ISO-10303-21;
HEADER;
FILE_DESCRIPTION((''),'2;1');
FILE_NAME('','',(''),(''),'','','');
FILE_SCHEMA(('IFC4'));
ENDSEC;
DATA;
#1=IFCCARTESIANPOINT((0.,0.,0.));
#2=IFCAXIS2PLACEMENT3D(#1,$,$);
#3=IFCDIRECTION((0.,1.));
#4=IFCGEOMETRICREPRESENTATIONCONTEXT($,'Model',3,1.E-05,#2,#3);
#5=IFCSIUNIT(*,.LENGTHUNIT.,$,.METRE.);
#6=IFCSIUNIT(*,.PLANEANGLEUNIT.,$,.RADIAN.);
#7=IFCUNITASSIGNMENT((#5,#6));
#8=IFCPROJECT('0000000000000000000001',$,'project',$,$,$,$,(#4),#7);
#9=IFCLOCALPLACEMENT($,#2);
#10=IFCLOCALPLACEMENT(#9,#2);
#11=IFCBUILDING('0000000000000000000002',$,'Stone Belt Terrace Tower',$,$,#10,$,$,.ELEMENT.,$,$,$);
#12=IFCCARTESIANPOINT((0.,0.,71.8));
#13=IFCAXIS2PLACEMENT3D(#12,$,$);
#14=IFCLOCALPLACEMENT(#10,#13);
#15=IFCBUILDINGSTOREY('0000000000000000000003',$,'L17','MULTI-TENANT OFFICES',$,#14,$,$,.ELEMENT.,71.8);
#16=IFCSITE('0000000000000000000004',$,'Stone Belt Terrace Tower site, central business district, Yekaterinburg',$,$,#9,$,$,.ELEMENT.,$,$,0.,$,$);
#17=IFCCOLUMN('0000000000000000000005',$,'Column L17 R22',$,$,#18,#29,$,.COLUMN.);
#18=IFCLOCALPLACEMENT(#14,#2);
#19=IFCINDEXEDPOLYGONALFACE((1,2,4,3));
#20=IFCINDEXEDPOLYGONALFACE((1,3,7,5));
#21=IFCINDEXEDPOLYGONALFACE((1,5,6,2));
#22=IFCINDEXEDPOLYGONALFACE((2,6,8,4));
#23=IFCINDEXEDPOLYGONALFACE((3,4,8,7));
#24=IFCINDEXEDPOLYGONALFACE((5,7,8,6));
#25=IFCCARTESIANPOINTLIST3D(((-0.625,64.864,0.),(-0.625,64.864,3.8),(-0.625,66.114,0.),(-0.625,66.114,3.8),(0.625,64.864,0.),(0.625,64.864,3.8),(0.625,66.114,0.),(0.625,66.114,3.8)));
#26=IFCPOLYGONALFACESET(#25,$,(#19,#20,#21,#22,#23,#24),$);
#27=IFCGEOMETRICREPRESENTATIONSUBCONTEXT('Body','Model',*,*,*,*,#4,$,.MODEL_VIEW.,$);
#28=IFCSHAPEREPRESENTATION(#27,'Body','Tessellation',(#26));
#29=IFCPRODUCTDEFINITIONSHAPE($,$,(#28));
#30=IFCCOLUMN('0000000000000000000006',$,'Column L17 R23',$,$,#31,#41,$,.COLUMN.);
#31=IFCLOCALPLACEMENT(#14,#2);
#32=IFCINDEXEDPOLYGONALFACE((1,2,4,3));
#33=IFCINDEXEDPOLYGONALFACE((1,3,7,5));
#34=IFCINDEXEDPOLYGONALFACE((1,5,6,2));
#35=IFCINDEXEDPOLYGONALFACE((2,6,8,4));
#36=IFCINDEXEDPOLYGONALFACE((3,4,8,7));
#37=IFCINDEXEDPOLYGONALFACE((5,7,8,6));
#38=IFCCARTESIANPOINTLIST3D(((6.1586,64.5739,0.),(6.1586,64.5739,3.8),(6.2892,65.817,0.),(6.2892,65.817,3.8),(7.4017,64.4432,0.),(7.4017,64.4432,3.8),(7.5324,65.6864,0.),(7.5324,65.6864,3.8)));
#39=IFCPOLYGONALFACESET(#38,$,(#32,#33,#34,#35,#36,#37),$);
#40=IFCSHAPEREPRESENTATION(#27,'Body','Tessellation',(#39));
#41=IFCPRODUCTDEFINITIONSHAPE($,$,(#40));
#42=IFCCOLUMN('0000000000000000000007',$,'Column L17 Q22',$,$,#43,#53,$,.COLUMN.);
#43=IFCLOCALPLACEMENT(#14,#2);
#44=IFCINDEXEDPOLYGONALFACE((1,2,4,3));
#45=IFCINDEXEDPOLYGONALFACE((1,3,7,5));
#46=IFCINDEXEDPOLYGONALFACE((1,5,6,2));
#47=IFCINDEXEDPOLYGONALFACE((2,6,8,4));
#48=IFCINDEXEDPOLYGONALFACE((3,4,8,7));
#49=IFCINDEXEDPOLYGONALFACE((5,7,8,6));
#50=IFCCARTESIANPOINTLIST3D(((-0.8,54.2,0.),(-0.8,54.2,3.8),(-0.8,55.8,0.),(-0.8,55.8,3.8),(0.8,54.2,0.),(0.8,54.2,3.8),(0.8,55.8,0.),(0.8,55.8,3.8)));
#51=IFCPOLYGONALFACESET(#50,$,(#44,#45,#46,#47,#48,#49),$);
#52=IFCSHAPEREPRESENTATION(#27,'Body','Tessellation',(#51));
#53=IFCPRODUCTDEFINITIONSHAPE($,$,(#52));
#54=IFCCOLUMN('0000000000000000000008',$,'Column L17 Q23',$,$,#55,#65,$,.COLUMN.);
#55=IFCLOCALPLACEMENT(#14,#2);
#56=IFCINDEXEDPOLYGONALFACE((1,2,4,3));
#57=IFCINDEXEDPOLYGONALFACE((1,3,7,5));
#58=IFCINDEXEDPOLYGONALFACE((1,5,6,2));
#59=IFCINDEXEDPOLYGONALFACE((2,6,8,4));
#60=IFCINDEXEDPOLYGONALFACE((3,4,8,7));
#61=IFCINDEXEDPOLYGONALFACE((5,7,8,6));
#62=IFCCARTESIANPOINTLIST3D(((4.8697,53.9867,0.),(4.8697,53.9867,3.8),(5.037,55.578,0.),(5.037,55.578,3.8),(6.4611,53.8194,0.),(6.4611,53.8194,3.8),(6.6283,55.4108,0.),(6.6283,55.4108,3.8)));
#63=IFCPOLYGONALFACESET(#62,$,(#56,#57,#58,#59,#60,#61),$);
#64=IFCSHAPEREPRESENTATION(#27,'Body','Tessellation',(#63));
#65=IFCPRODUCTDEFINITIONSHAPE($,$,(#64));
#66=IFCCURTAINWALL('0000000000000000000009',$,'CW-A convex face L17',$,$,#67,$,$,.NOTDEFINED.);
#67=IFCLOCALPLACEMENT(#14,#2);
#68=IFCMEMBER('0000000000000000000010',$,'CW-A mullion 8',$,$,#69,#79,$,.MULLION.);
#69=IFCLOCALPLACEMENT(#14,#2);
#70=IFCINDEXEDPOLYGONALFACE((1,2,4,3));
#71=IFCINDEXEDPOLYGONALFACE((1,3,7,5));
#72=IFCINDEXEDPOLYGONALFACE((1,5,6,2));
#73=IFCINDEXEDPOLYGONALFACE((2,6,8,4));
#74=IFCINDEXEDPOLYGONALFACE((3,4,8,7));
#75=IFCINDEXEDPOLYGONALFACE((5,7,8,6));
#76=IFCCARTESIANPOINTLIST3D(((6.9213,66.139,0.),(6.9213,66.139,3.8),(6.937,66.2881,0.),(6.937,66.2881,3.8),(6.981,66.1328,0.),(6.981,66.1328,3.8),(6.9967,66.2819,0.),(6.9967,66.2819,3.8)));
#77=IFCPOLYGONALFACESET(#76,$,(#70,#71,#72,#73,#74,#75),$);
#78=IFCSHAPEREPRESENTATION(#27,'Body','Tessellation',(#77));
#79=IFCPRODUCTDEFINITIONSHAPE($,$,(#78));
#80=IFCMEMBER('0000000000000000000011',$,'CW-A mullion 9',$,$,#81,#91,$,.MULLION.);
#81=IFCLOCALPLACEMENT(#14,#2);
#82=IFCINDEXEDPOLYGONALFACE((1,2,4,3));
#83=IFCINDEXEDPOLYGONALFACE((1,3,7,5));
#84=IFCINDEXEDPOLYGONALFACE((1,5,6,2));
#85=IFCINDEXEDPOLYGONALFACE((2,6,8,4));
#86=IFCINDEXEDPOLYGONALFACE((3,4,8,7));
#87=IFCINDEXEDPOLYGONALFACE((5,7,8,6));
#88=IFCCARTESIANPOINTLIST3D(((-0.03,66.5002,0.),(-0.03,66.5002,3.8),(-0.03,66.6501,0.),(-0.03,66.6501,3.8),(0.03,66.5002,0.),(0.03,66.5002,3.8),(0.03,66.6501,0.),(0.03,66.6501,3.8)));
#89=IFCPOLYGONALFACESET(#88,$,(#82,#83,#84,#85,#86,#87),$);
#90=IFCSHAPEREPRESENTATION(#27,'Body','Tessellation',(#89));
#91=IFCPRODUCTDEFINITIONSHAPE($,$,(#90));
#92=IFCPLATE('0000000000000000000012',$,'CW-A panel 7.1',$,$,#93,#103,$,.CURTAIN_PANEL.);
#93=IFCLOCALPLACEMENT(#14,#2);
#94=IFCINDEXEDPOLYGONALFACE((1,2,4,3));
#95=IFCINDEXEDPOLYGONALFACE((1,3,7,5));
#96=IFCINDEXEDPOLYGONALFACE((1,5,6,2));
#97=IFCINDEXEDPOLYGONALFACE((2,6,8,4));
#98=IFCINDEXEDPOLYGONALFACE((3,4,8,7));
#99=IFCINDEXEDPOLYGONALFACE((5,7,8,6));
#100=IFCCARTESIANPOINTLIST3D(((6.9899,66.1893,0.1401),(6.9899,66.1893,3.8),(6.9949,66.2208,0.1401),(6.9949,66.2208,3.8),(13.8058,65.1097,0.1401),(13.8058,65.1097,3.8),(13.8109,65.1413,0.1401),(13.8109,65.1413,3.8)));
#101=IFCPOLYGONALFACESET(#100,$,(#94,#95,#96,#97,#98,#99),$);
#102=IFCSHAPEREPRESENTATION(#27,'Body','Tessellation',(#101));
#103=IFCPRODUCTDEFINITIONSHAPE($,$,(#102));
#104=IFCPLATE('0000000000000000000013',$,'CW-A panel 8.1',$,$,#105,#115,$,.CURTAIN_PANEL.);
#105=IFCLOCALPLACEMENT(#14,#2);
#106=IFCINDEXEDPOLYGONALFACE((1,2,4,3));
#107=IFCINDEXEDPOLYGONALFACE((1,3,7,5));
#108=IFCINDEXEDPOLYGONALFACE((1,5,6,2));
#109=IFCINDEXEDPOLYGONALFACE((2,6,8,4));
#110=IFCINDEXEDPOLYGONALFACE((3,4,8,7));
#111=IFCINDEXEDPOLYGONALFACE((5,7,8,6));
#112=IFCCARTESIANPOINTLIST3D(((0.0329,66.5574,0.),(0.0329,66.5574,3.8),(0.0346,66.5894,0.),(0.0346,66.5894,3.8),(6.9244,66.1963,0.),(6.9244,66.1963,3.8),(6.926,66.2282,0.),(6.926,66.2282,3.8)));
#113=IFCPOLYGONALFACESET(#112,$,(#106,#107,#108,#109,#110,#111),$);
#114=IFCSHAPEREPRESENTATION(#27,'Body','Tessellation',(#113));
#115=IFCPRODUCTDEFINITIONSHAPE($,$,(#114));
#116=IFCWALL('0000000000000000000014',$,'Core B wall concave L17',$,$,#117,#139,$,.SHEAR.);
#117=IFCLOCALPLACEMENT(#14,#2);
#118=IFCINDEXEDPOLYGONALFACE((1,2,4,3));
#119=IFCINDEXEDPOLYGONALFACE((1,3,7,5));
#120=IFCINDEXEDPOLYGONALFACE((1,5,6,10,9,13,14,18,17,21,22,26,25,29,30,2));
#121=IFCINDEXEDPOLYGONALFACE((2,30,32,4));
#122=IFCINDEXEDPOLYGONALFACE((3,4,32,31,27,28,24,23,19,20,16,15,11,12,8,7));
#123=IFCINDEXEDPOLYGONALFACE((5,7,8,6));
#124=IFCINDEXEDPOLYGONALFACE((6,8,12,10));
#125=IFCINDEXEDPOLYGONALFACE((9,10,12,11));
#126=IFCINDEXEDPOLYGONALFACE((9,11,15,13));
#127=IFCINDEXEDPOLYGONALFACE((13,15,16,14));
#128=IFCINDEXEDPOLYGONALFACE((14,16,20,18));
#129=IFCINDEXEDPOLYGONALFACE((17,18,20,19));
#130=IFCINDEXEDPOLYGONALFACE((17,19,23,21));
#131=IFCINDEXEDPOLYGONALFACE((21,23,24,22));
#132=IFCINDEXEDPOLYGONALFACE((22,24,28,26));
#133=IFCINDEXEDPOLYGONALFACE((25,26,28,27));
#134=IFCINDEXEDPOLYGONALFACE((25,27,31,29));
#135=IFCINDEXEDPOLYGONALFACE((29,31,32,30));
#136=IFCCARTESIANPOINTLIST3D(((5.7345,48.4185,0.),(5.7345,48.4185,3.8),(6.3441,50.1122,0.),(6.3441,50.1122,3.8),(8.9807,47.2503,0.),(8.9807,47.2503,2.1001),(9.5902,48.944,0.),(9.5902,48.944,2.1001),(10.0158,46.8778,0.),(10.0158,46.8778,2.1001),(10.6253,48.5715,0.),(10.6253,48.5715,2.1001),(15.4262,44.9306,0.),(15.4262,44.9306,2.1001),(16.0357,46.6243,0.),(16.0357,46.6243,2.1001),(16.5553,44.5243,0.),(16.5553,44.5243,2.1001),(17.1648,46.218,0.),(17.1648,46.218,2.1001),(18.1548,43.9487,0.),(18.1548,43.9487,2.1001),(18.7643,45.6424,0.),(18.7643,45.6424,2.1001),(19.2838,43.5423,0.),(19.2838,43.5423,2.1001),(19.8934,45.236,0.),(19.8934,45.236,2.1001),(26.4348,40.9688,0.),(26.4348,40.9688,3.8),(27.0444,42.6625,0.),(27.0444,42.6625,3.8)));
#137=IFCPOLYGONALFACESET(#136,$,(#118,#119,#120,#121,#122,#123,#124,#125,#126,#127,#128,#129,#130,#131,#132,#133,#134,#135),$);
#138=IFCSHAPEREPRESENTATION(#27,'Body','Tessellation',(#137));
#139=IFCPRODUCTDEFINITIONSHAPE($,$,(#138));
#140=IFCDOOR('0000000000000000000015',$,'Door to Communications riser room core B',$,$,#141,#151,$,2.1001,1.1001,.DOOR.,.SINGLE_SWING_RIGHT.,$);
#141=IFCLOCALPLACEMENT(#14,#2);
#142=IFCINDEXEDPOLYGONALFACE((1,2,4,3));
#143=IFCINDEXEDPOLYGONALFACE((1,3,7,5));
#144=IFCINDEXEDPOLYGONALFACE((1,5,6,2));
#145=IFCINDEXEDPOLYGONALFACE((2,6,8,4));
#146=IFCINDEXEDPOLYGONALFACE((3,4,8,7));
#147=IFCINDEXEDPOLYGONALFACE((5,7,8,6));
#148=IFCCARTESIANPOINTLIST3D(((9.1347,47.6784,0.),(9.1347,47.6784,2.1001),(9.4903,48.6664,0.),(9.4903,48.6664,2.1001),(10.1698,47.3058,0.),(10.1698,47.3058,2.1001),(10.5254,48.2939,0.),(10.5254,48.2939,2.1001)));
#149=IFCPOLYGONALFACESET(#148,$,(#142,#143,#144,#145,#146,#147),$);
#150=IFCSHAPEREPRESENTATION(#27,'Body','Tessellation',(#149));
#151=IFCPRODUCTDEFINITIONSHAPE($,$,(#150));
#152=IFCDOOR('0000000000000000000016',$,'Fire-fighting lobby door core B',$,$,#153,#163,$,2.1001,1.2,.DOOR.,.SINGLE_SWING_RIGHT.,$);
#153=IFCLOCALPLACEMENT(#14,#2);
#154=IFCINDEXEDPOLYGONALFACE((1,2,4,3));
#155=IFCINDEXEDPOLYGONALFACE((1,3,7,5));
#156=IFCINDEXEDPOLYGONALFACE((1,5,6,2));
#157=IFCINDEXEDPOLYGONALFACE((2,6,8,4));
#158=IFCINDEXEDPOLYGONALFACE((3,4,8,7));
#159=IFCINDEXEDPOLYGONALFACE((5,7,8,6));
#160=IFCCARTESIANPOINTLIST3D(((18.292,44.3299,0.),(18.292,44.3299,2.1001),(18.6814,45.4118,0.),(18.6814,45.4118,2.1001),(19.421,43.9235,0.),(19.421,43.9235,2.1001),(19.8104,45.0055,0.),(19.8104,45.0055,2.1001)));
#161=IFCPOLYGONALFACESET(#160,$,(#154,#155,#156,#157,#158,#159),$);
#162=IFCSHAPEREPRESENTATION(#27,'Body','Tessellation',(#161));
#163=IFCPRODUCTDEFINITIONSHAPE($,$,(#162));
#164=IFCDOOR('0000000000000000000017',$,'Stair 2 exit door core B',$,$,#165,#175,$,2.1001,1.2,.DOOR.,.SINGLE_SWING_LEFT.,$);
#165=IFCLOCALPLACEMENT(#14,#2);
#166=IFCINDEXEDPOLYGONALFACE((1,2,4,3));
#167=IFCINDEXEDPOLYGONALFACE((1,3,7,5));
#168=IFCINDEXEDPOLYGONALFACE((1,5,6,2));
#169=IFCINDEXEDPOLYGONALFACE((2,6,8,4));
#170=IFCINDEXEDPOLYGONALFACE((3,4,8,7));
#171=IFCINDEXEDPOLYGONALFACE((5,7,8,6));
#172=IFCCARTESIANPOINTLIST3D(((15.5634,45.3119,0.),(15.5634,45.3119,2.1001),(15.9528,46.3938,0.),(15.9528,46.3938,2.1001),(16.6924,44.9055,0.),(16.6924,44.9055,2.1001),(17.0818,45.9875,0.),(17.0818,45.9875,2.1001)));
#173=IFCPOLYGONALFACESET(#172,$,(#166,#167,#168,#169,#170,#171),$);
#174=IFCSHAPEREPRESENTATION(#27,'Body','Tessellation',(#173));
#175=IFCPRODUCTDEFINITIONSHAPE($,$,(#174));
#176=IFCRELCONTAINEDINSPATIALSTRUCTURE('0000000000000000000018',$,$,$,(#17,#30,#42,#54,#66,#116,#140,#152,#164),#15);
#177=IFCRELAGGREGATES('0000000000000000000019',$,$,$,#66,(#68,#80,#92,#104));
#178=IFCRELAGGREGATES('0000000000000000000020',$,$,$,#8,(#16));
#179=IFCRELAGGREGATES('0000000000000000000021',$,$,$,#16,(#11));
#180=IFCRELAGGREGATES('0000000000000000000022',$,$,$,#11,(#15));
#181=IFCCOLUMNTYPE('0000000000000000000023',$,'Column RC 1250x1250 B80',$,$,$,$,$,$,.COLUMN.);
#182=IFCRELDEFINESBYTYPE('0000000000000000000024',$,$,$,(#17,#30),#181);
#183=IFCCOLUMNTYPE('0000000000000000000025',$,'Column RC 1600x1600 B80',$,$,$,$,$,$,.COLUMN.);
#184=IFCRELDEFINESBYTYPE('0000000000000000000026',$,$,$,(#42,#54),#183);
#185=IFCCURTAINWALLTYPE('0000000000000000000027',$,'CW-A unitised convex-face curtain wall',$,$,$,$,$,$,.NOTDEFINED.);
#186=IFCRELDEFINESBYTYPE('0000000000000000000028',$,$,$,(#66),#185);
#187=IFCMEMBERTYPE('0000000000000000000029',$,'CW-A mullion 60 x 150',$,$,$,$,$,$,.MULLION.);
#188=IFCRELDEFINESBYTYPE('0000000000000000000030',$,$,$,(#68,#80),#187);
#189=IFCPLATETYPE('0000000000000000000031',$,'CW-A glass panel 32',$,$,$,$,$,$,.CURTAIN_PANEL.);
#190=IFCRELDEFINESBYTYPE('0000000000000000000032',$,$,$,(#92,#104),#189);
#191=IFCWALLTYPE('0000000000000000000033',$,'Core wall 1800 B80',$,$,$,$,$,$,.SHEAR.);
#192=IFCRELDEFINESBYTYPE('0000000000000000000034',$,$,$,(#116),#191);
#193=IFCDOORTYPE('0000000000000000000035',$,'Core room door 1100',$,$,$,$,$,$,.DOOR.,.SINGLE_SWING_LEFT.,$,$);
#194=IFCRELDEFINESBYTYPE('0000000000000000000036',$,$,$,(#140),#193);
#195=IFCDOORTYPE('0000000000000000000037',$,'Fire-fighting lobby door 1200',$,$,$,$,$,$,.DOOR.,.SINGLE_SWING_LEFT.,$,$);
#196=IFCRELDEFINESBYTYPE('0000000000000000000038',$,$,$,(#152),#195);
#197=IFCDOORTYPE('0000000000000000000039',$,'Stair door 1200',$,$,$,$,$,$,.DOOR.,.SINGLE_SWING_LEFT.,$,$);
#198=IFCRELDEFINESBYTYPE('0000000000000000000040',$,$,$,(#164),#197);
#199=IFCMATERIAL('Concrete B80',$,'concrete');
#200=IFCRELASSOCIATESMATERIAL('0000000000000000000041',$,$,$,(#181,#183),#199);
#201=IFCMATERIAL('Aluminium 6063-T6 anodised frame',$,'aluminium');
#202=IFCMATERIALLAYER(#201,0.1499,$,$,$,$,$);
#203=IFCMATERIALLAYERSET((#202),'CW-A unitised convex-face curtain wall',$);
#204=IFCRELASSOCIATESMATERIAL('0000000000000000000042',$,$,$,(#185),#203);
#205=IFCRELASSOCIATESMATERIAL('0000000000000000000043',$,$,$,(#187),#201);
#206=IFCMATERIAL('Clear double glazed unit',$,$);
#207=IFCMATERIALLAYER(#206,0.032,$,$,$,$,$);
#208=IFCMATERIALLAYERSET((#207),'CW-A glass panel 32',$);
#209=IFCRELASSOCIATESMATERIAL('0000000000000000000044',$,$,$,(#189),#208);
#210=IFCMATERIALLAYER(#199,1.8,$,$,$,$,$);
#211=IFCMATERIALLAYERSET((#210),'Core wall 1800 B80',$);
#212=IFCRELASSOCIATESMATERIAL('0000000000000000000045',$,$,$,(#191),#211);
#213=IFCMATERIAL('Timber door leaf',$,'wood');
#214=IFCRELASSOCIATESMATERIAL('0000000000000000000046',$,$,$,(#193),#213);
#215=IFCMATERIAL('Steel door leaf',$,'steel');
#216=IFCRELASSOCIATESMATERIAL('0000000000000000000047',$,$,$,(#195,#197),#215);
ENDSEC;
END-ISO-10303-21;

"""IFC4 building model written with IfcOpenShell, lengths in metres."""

from ifc_helpers import new_model, si_unit, direction, frame, frame_2d, origin, origin_2d, place, context, subcontext, project, spatial, rectangle, extrude, material, layer, layer_set, material_profile, profile_set, type_object, element, fill, aggregate, save


model = new_model("IFC4")

# Units and contexts
model_context = context("Model", 3, precision=1e-05, world=origin(), true_north=direction((0.0, 1.0)))
body_context = subcontext(model_context, "Body", "Model", "MODEL_VIEW")
ifc_project = project(units=[si_unit("LENGTHUNIT", "METRE"), si_unit("PLANEANGLEUNIT", "RADIAN")], contexts=[model_context])

# Site, building, storey
site_placement = place(None, origin())
site = spatial("IfcSite", under=ifc_project, at=site_placement, Name="Stone Belt Terrace Tower site, central business district, Yekaterinburg", CompositionType="ELEMENT", RefElevation=0.0)
building_placement = place(site_placement, origin())
building = spatial("IfcBuilding", under=site, at=building_placement, Name="Stone Belt Terrace Tower", CompositionType="ELEMENT")
storey_placement = place(building_placement, frame((0.0, 0.0, 71.8)))
storey = spatial("IfcBuildingStorey", under=building, at=storey_placement, Name="L17", Description="MULTI-TENANT OFFICES", CompositionType="ELEMENT", Elevation=71.8)

# Columns
ifc_material_1 = material(Name="Concrete B80", Category="concrete")
ifc_material_profile_1 = material_profile(ifc_material_1, rectangle(XDim=1.25, YDim=1.25, at=origin_2d()), Name="RC 1250x1250")
ifc_profile_set_1 = profile_set([ifc_material_profile_1], Name="Concrete B80")
column_type_1 = type_object("IfcColumnType", Name="Column RC 1250x1250 B80", PredefinedType="COLUMN", material=ifc_profile_set_1)
for number, where, z_axis, x_axis, name in (
    (1, (0.0, 65.489, 0.0), (0.0, 0.0, 1.0), (1.0, 0.0, 0.0), "Column L17 R22"),
    (2, (6.8455, 65.1301, 0.0), (0.0, 0.0, 1.0), (0.994522, -0.104528, 0.0), "Column L17 R23"),
):
    element("IfcColumn", number, at=place(storey_placement, frame(where, z_axis=z_axis, x_axis=x_axis)), inside=storey, type_object=column_type_1, Name=name, PredefinedType="COLUMN", context=body_context, shape_type="SweptSolid", body=[
        extrude(rectangle(XDim=1.25, YDim=1.25, at=origin_2d()), origin(), (0.0, 0.0, 1.0), 3.8),
    ])
ifc_material_profile_2 = material_profile(ifc_material_1, rectangle(XDim=1.6001, YDim=1.6001, at=origin_2d()), Name="RC 1600x1600")
ifc_profile_set_2 = profile_set([ifc_material_profile_2], Name="Concrete B80")
column_type_2 = type_object("IfcColumnType", Name="Column RC 1600x1600 B80", PredefinedType="COLUMN", material=ifc_profile_set_2)
for number, where, z_axis, x_axis, name in (
    (3, (0.0, 55.0, 0.0), (0.0, 0.0, 1.0), (1.0, 0.0, 0.0), "Column L17 Q22"),
    (4, (5.749, 54.6987, 0.0), (0.0, 0.0, 1.0), (0.994522, -0.104528, 0.0), "Column L17 Q23"),
):
    element("IfcColumn", number, at=place(storey_placement, frame(where, z_axis=z_axis, x_axis=x_axis)), inside=storey, type_object=column_type_2, Name=name, PredefinedType="COLUMN", context=body_context, shape_type="SweptSolid", body=[
        extrude(rectangle(XDim=1.6001, YDim=1.6001, at=origin_2d()), origin(), (0.0, 0.0, 1.0), 3.8),
    ])

# Curtain wall, members, plates
ifc_material_2 = material(Name="Aluminium 6063-T6 anodised frame", Category="aluminium")
ifc_layer_1 = layer(ifc_material_2, 0.1499)
ifc_layer_set_1 = layer_set([ifc_layer_1], Name="CW-A unitised convex-face curtain wall")
curtain_wall_type = type_object("IfcCurtainWallType", Name="CW-A unitised convex-face curtain wall", PredefinedType="NOTDEFINED", material=ifc_layer_set_1)
curtain_wall_placement = place(storey_placement, origin())
curtain_wall = element("IfcCurtainWall", 5, at=curtain_wall_placement, inside=storey, type_object=curtain_wall_type, Name="CW-A convex face L17", PredefinedType="NOTDEFINED")
ifc_material_profile_3 = material_profile(ifc_material_2, rectangle(XDim=0.1499, YDim=0.0601, at=origin_2d()), Name="Aluminium 6063-T6 60x150")
ifc_profile_set_3 = profile_set([ifc_material_profile_3], Name="Aluminium 6063-T6 anodised frame")
member_type = type_object("IfcMemberType", Name="CW-A mullion 60 x 150", PredefinedType="MULLION", material=ifc_profile_set_3)
member_1_placement = place(storey_placement, frame((6.959, 66.2104, 0.0), z_axis=(0.0, 0.0, 1.0), x_axis=(-0.104528, -0.994522, 0.0)))
member_1 = element("IfcMember", 6, at=member_1_placement, type_object=member_type, Name="CW-A mullion 8", PredefinedType="MULLION", context=body_context, shape_type="SweptSolid", body=[
    extrude(rectangle(XDim=0.1499, YDim=0.0601, at=origin_2d()), origin(), (0.0, 0.0, 1.0), 3.8),
])
member_2_placement = place(storey_placement, frame((0.0, 66.5752, 0.0), z_axis=(0.0, 0.0, 1.0), x_axis=(0.0, -1.0, 0.0)))
member_2 = element("IfcMember", 7, at=member_2_placement, type_object=member_type, Name="CW-A mullion 9", PredefinedType="MULLION", context=body_context, shape_type="SweptSolid", body=[
    extrude(rectangle(XDim=0.1499, YDim=0.0601, at=origin_2d()), origin(), (0.0, 0.0, 1.0), 3.8),
])
ifc_material_3 = material(Name="Clear double glazed unit")
ifc_layer_2 = layer(ifc_material_3, 0.032)
ifc_layer_set_2 = layer_set([ifc_layer_2], Name="CW-A glass panel 32")
plate_type = type_object("IfcPlateType", Name="CW-A glass panel 32", PredefinedType="CURTAIN_PANEL", material=ifc_layer_set_2)
plate_1_placement = place(storey_placement, frame((10.4004, 65.6653, 0.1401), z_axis=(0.0, 0.0, 1.0), x_axis=(-0.987688, 0.156434, 0.0)))
plate_1 = element("IfcPlate", 8, at=plate_1_placement, type_object=plate_type, Name="CW-A panel 7.1", PredefinedType="CURTAIN_PANEL", context=body_context, shape_type="SweptSolid", body=[
    extrude(rectangle(XDim=6.9009, YDim=0.032, at=origin_2d()), origin(), (0.0, 0.0, 1.0), 3.6599),
])
plate_2_placement = place(storey_placement, frame((3.4795, 66.3928, 0.0), z_axis=(0.0, 0.0, 1.0), x_axis=(-0.99863, 0.052336, 0.0)))
plate_2 = element("IfcPlate", 9, at=plate_2_placement, type_object=plate_type, Name="CW-A panel 8.1", PredefinedType="CURTAIN_PANEL", context=body_context, shape_type="SweptSolid", body=[
    extrude(rectangle(XDim=6.9009, YDim=0.032, at=origin_2d()), origin(), (0.0, 0.0, 1.0), 3.8),
])
aggregate(curtain_wall, [member_1, member_2, plate_1, plate_2])

# Wall, openings, doors
ifc_layer_3 = layer(ifc_material_1, 1.8)
ifc_layer_set_3 = layer_set([ifc_layer_3], Name="Core wall 1800 B80")
wall_type_1 = type_object("IfcWallType", Name="Core wall 1800 B80", PredefinedType="SHEAR", material=ifc_layer_set_3)
wall_1_placement = place(storey_placement, frame((6.0393, 49.2654, 0.0), z_axis=(0.0, 0.0, 1.0), x_axis=(0.940922, -0.338624, 0.0)))
wall_1 = element("IfcWall", 10, at=wall_1_placement, inside=storey, type_object=wall_type_1, Name="Core B wall concave L17", PredefinedType="SHEAR", context=body_context, shape_type="SweptSolid", body=[
    extrude(rectangle(XDim=22.0, YDim=1.8, at=frame_2d((11.0, 0.0))), origin(), (0.0, 0.0, 1.0), 3.8),
])
opening_1_placement = place(wall_1_placement, frame((13.2, 0.0, 0.0)))
opening_1 = element("IfcOpeningElement", 11, at=opening_1_placement, cuts=wall_1, PredefinedType="OPENING", context=body_context, shape_type="SweptSolid", body=[
    extrude(rectangle(XDim=1.2, YDim=2.1001, at=frame_2d((0.6001, 1.05))), frame((0.0, 0.9099, 0.0), z_axis=(0.0, -1.0, 0.0), x_axis=(1.0, 0.0, 0.0)), (0.0, 0.0, 1.0), 1.8201),
])
opening_2_placement = place(wall_1_placement, frame((10.3, 0.0, 0.0)))
opening_2 = element("IfcOpeningElement", 12, at=opening_2_placement, cuts=wall_1, PredefinedType="OPENING", context=body_context, shape_type="SweptSolid", body=[
    extrude(rectangle(XDim=1.2, YDim=2.1001, at=frame_2d((0.6001, 1.05))), frame((0.0, 0.9099, 0.0), z_axis=(0.0, -1.0, 0.0), x_axis=(1.0, 0.0, 0.0)), (0.0, 0.0, 1.0), 1.8201),
])
opening_3_placement = place(wall_1_placement, frame((3.45, 0.0, 0.0)))
opening_3 = element("IfcOpeningElement", 13, at=opening_3_placement, cuts=wall_1, PredefinedType="OPENING", context=body_context, shape_type="SweptSolid", body=[
    extrude(rectangle(XDim=1.1001, YDim=2.1001, at=frame_2d((0.55, 1.05))), frame((0.0, 0.9099, 0.0), z_axis=(0.0, -1.0, 0.0), x_axis=(1.0, 0.0, 0.0)), (0.0, 0.0, 1.0), 1.8201),
])
ifc_material_4 = material(Name="Timber door leaf", Category="wood")
door_type_1 = type_object("IfcDoorType", Name="Core room door 1100", OperationType="SINGLE_SWING_LEFT", PredefinedType="DOOR", material=ifc_material_4)
door_1_placement = place(opening_3_placement, origin())
door_1 = element("IfcDoor", 14, at=door_1_placement, inside=storey, type_object=door_type_1, Name="Door to Communications riser room core B", OperationType="SINGLE_SWING_RIGHT", OverallHeight=2.1001, OverallWidth=1.1001, PredefinedType="DOOR", context=body_context, shape_type="SweptSolid", body=[
    extrude(rectangle(XDim=1.1001, YDim=2.1001, at=frame_2d((0.55, 1.05))), frame((0.0, 0.605, 0.0), z_axis=(0.0, -1.0, 0.0), x_axis=(1.0, 0.0, 0.0)), (0.0, 0.0, 1.0), 1.05),
])
fill(opening_3, door_1)
ifc_material_5 = material(Name="Steel door leaf", Category="steel")
door_type_2 = type_object("IfcDoorType", Name="Fire-fighting lobby door 1200", OperationType="SINGLE_SWING_LEFT", PredefinedType="DOOR", material=ifc_material_5)
door_2_placement = place(opening_1_placement, origin())
door_2 = element("IfcDoor", 15, at=door_2_placement, inside=storey, type_object=door_type_2, Name="Fire-fighting lobby door core B", OperationType="SINGLE_SWING_RIGHT", OverallHeight=2.1001, OverallWidth=1.2, PredefinedType="DOOR", context=body_context, shape_type="SweptSolid", body=[
    extrude(rectangle(XDim=1.2, YDim=2.1001, at=frame_2d((0.6001, 1.05))), frame((0.0, 0.655, 0.0), z_axis=(0.0, -1.0, 0.0), x_axis=(1.0, 0.0, 0.0)), (0.0, 0.0, 1.0), 1.1499),
])
fill(opening_1, door_2)
door_type_3 = type_object("IfcDoorType", Name="Stair door 1200", OperationType="SINGLE_SWING_LEFT", PredefinedType="DOOR", material=ifc_material_5)
door_3_placement = place(opening_2_placement, origin())
door_3 = element("IfcDoor", 16, at=door_3_placement, inside=storey, type_object=door_type_3, Name="Stair 2 exit door core B", OperationType="SINGLE_SWING_LEFT", OverallHeight=2.1001, OverallWidth=1.2, PredefinedType="DOOR", context=body_context, shape_type="SweptSolid", body=[
    extrude(rectangle(XDim=1.2, YDim=2.1001, at=frame_2d((0.6001, 1.05))), frame((0.0, 0.655, 0.0), z_axis=(0.0, -1.0, 0.0), x_axis=(1.0, 0.0, 0.0)), (0.0, 0.0, 1.0), 1.1499),
])
fill(opening_2, door_3)

save(model, "model.ifc")
